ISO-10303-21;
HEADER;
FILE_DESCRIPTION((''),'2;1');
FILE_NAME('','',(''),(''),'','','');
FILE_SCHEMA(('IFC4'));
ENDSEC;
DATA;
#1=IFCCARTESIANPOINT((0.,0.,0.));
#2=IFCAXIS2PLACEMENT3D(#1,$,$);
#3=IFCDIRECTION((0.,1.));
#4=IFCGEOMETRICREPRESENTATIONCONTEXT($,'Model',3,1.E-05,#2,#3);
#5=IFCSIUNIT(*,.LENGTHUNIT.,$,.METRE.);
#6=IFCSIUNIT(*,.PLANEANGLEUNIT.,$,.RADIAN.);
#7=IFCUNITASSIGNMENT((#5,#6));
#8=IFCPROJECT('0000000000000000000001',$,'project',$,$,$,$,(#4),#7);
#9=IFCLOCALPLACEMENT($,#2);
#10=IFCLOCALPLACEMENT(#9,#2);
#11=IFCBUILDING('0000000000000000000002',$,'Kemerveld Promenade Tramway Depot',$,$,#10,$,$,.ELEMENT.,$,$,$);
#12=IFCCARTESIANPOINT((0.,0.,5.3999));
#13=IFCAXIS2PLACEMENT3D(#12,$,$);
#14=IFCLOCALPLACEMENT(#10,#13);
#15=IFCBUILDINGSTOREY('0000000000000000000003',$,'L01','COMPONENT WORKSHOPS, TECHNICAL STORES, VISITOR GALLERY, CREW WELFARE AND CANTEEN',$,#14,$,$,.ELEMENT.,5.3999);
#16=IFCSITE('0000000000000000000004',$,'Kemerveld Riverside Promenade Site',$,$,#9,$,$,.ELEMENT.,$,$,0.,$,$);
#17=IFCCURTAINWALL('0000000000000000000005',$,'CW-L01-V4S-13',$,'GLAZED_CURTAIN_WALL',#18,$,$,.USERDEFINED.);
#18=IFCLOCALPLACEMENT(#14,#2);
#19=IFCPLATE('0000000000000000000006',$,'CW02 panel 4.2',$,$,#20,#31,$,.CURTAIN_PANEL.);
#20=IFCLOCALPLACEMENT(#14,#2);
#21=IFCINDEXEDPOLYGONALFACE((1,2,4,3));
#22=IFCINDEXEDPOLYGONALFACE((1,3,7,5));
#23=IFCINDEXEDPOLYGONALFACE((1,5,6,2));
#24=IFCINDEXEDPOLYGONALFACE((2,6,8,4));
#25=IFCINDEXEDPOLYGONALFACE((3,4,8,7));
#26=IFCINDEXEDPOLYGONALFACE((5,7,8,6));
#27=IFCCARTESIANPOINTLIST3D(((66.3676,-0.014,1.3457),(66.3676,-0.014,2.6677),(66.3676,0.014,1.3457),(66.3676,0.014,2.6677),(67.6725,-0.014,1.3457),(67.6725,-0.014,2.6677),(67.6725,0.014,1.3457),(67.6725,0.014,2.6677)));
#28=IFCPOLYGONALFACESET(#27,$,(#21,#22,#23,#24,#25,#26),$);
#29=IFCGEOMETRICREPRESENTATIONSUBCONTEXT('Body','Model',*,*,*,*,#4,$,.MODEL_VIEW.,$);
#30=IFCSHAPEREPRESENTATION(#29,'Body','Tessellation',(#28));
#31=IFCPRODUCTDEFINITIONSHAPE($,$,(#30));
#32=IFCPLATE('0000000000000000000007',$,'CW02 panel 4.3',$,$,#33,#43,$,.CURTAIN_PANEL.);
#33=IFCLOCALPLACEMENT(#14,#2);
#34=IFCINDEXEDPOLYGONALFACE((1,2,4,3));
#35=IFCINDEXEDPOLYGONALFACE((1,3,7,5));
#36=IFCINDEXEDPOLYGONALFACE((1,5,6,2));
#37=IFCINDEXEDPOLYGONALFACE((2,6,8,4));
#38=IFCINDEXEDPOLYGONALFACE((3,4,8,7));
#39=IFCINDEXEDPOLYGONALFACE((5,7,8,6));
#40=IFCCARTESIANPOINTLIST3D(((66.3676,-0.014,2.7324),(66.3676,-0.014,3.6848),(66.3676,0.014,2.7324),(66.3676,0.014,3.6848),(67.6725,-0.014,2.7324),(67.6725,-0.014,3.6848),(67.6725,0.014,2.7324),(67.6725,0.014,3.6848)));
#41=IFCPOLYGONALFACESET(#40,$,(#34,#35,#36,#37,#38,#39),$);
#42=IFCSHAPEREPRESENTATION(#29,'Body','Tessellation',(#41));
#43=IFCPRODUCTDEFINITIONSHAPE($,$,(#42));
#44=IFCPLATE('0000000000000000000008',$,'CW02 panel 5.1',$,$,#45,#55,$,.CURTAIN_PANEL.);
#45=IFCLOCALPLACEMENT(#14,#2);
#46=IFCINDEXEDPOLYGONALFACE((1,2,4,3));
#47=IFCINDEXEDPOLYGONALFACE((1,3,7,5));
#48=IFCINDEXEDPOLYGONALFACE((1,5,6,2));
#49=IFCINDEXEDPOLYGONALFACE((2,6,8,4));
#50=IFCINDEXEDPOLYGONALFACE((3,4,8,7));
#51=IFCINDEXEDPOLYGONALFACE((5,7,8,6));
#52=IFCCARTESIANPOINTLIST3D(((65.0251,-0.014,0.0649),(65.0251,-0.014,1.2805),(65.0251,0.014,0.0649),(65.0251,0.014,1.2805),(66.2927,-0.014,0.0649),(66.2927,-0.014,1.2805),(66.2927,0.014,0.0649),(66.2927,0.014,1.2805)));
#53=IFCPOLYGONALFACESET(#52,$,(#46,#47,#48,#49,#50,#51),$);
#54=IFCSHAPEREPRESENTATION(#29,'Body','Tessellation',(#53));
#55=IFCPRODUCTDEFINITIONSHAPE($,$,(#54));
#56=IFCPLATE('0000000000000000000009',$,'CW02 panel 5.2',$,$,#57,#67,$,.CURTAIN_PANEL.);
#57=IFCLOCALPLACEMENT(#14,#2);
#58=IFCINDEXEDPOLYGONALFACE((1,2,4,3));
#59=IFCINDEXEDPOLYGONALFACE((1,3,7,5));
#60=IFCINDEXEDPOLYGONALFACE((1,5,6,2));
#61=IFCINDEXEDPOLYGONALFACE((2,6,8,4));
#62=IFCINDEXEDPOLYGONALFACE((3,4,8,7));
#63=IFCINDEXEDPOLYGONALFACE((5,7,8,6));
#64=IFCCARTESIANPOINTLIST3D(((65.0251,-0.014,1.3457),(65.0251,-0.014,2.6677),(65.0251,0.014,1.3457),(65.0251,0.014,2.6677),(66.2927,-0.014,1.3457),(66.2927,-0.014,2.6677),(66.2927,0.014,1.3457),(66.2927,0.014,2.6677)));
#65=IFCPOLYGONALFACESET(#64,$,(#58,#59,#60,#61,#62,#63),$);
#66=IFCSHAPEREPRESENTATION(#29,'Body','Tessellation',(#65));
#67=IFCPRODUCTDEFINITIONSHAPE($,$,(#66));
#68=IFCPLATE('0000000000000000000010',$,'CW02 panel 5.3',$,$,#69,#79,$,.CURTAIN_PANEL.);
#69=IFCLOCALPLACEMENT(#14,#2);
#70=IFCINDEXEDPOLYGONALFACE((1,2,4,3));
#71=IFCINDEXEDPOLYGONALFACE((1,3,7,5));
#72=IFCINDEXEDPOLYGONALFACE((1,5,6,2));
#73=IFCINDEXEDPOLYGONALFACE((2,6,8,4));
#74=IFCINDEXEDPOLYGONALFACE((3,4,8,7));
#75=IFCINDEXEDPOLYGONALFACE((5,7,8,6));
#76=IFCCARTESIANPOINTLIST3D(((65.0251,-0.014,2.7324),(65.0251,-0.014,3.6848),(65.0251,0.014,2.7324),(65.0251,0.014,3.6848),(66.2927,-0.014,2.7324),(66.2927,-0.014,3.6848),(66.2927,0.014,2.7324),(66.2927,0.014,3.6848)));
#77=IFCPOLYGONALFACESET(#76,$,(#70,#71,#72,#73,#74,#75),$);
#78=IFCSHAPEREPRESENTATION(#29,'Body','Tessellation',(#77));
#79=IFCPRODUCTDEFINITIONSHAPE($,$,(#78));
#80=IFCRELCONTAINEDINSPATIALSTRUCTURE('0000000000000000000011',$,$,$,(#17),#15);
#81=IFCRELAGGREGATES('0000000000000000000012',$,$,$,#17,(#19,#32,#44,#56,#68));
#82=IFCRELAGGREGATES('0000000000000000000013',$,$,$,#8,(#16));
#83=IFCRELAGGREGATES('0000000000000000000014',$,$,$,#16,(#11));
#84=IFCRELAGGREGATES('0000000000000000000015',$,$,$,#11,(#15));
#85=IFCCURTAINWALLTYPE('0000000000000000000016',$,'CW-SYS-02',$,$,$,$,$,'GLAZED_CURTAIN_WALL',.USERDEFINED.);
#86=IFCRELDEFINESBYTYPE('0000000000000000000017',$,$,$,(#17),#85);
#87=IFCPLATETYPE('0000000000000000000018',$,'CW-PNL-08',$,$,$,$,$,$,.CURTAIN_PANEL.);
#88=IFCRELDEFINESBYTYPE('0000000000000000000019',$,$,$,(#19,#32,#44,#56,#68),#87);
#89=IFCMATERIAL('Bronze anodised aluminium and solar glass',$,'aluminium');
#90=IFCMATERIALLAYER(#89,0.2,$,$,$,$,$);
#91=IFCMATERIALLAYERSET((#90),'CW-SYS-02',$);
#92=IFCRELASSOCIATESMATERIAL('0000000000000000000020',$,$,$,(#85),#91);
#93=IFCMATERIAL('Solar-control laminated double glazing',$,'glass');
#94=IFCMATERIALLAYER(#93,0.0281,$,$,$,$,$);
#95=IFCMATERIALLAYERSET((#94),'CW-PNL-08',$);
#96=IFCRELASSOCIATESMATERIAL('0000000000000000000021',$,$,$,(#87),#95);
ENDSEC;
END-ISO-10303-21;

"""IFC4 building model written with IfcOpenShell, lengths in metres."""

from ifc_helpers import new_model, si_unit, direction, frame, origin, origin_2d, place, context, subcontext, project, spatial, rectangle, extrude, material, layer, layer_set, type_object, element, aggregate, save


model = new_model("IFC4")

# Units and contexts
model_context = context("Model", 3, precision=1e-05, world=origin(), true_north=direction((0.0, 1.0)))
body_context = subcontext(model_context, "Body", "Model", "MODEL_VIEW")
ifc_project = project(units=[si_unit("LENGTHUNIT", "METRE"), si_unit("PLANEANGLEUNIT", "RADIAN")], contexts=[model_context])

# Site, building, storey
site_placement = place(None, origin())
site = spatial("IfcSite", under=ifc_project, at=site_placement, Name="Kemerveld Riverside Promenade Site", CompositionType="ELEMENT", RefElevation=0.0)
building_placement = place(site_placement, origin())
building = spatial("IfcBuilding", under=site, at=building_placement, Name="Kemerveld Promenade Tramway Depot", CompositionType="ELEMENT")
storey_placement = place(building_placement, frame((0.0, 0.0, 5.3999)))
storey = spatial("IfcBuildingStorey", under=building, at=storey_placement, Name="L01", Description="COMPONENT WORKSHOPS, TECHNICAL STORES, VISITOR GALLERY, CREW WELFARE AND CANTEEN", CompositionType="ELEMENT", Elevation=5.3999)

# Curtain wall, plates
ifc_material_1 = material(Name="Bronze anodised aluminium and solar glass", Category="aluminium")
ifc_layer_1 = layer(ifc_material_1, 0.2)
ifc_layer_set_1 = layer_set([ifc_layer_1], Name="CW-SYS-02")
curtain_wall_type = type_object("IfcCurtainWallType", Name="CW-SYS-02", ElementType="GLAZED_CURTAIN_WALL", PredefinedType="USERDEFINED", material=ifc_layer_set_1)
curtain_wall_placement = place(storey_placement, origin())
curtain_wall = element("IfcCurtainWall", 1, at=curtain_wall_placement, inside=storey, type_object=curtain_wall_type, Name="CW-L01-V4S-13", ObjectType="GLAZED_CURTAIN_WALL", PredefinedType="USERDEFINED")
ifc_material_2 = material(Name="Solar-control laminated double glazing", Category="glass")
ifc_layer_2 = layer(ifc_material_2, 0.0281)
ifc_layer_set_2 = layer_set([ifc_layer_2], Name="CW-PNL-08")
plate_type = type_object("IfcPlateType", Name="CW-PNL-08", PredefinedType="CURTAIN_PANEL", material=ifc_layer_set_2)
plate_1_placement = place(storey_placement, frame((67.02, 0.0, 1.3457), z_axis=(0.0, 0.0, 1.0), x_axis=(-1.0, 0.0, 0.0)))
plate_1 = element("IfcPlate", 2, at=plate_1_placement, type_object=plate_type, Name="CW02 panel 4.2", PredefinedType="CURTAIN_PANEL", context=body_context, shape_type="SweptSolid", body=[
    extrude(rectangle(XDim=1.3049, YDim=0.0281, at=origin_2d()), origin(), (0.0, 0.0, 1.0), 1.322),
])
plate_2_placement = place(storey_placement, frame((67.02, 0.0, 2.7324), z_axis=(0.0, 0.0, 1.0), x_axis=(-1.0, 0.0, 0.0)))
plate_2 = element("IfcPlate", 3, at=plate_2_placement, type_object=plate_type, Name="CW02 panel 4.3", PredefinedType="CURTAIN_PANEL", context=body_context, shape_type="SweptSolid", body=[
    extrude(rectangle(XDim=1.3049, YDim=0.0281, at=origin_2d()), origin(), (0.0, 0.0, 1.0), 0.9524),
])
plate_3_placement = place(storey_placement, frame((65.6589, 0.0, 0.0649), z_axis=(0.0, 0.0, 1.0), x_axis=(-1.0, 0.0, 0.0)))
plate_3 = element("IfcPlate", 4, at=plate_3_placement, type_object=plate_type, Name="CW02 panel 5.1", PredefinedType="CURTAIN_PANEL", context=body_context, shape_type="SweptSolid", body=[
    extrude(rectangle(XDim=1.2676, YDim=0.0281, at=origin_2d()), origin(), (0.0, 0.0, 1.0), 1.2156),
])
plate_4_placement = place(storey_placement, frame((65.6589, 0.0, 1.3457), z_axis=(0.0, 0.0, 1.0), x_axis=(-1.0, 0.0, 0.0)))
plate_4 = element("IfcPlate", 5, at=plate_4_placement, type_object=plate_type, Name="CW02 panel 5.2", PredefinedType="CURTAIN_PANEL", context=body_context, shape_type="SweptSolid", body=[
    extrude(rectangle(XDim=1.2676, YDim=0.0281, at=origin_2d()), origin(), (0.0, 0.0, 1.0), 1.322),
])
plate_5_placement = place(storey_placement, frame((65.6589, 0.0, 2.7324), z_axis=(0.0, 0.0, 1.0), x_axis=(-1.0, 0.0, 0.0)))
plate_5 = element("IfcPlate", 6, at=plate_5_placement, type_object=plate_type, Name="CW02 panel 5.3", PredefinedType="CURTAIN_PANEL", context=body_context, shape_type="SweptSolid", body=[
    extrude(rectangle(XDim=1.2676, YDim=0.0281, at=origin_2d()), origin(), (0.0, 0.0, 1.0), 0.9524),
])
aggregate(curtain_wall, [plate_1, plate_2, plate_3, plate_4, plate_5])

save(model, "model.ifc")
